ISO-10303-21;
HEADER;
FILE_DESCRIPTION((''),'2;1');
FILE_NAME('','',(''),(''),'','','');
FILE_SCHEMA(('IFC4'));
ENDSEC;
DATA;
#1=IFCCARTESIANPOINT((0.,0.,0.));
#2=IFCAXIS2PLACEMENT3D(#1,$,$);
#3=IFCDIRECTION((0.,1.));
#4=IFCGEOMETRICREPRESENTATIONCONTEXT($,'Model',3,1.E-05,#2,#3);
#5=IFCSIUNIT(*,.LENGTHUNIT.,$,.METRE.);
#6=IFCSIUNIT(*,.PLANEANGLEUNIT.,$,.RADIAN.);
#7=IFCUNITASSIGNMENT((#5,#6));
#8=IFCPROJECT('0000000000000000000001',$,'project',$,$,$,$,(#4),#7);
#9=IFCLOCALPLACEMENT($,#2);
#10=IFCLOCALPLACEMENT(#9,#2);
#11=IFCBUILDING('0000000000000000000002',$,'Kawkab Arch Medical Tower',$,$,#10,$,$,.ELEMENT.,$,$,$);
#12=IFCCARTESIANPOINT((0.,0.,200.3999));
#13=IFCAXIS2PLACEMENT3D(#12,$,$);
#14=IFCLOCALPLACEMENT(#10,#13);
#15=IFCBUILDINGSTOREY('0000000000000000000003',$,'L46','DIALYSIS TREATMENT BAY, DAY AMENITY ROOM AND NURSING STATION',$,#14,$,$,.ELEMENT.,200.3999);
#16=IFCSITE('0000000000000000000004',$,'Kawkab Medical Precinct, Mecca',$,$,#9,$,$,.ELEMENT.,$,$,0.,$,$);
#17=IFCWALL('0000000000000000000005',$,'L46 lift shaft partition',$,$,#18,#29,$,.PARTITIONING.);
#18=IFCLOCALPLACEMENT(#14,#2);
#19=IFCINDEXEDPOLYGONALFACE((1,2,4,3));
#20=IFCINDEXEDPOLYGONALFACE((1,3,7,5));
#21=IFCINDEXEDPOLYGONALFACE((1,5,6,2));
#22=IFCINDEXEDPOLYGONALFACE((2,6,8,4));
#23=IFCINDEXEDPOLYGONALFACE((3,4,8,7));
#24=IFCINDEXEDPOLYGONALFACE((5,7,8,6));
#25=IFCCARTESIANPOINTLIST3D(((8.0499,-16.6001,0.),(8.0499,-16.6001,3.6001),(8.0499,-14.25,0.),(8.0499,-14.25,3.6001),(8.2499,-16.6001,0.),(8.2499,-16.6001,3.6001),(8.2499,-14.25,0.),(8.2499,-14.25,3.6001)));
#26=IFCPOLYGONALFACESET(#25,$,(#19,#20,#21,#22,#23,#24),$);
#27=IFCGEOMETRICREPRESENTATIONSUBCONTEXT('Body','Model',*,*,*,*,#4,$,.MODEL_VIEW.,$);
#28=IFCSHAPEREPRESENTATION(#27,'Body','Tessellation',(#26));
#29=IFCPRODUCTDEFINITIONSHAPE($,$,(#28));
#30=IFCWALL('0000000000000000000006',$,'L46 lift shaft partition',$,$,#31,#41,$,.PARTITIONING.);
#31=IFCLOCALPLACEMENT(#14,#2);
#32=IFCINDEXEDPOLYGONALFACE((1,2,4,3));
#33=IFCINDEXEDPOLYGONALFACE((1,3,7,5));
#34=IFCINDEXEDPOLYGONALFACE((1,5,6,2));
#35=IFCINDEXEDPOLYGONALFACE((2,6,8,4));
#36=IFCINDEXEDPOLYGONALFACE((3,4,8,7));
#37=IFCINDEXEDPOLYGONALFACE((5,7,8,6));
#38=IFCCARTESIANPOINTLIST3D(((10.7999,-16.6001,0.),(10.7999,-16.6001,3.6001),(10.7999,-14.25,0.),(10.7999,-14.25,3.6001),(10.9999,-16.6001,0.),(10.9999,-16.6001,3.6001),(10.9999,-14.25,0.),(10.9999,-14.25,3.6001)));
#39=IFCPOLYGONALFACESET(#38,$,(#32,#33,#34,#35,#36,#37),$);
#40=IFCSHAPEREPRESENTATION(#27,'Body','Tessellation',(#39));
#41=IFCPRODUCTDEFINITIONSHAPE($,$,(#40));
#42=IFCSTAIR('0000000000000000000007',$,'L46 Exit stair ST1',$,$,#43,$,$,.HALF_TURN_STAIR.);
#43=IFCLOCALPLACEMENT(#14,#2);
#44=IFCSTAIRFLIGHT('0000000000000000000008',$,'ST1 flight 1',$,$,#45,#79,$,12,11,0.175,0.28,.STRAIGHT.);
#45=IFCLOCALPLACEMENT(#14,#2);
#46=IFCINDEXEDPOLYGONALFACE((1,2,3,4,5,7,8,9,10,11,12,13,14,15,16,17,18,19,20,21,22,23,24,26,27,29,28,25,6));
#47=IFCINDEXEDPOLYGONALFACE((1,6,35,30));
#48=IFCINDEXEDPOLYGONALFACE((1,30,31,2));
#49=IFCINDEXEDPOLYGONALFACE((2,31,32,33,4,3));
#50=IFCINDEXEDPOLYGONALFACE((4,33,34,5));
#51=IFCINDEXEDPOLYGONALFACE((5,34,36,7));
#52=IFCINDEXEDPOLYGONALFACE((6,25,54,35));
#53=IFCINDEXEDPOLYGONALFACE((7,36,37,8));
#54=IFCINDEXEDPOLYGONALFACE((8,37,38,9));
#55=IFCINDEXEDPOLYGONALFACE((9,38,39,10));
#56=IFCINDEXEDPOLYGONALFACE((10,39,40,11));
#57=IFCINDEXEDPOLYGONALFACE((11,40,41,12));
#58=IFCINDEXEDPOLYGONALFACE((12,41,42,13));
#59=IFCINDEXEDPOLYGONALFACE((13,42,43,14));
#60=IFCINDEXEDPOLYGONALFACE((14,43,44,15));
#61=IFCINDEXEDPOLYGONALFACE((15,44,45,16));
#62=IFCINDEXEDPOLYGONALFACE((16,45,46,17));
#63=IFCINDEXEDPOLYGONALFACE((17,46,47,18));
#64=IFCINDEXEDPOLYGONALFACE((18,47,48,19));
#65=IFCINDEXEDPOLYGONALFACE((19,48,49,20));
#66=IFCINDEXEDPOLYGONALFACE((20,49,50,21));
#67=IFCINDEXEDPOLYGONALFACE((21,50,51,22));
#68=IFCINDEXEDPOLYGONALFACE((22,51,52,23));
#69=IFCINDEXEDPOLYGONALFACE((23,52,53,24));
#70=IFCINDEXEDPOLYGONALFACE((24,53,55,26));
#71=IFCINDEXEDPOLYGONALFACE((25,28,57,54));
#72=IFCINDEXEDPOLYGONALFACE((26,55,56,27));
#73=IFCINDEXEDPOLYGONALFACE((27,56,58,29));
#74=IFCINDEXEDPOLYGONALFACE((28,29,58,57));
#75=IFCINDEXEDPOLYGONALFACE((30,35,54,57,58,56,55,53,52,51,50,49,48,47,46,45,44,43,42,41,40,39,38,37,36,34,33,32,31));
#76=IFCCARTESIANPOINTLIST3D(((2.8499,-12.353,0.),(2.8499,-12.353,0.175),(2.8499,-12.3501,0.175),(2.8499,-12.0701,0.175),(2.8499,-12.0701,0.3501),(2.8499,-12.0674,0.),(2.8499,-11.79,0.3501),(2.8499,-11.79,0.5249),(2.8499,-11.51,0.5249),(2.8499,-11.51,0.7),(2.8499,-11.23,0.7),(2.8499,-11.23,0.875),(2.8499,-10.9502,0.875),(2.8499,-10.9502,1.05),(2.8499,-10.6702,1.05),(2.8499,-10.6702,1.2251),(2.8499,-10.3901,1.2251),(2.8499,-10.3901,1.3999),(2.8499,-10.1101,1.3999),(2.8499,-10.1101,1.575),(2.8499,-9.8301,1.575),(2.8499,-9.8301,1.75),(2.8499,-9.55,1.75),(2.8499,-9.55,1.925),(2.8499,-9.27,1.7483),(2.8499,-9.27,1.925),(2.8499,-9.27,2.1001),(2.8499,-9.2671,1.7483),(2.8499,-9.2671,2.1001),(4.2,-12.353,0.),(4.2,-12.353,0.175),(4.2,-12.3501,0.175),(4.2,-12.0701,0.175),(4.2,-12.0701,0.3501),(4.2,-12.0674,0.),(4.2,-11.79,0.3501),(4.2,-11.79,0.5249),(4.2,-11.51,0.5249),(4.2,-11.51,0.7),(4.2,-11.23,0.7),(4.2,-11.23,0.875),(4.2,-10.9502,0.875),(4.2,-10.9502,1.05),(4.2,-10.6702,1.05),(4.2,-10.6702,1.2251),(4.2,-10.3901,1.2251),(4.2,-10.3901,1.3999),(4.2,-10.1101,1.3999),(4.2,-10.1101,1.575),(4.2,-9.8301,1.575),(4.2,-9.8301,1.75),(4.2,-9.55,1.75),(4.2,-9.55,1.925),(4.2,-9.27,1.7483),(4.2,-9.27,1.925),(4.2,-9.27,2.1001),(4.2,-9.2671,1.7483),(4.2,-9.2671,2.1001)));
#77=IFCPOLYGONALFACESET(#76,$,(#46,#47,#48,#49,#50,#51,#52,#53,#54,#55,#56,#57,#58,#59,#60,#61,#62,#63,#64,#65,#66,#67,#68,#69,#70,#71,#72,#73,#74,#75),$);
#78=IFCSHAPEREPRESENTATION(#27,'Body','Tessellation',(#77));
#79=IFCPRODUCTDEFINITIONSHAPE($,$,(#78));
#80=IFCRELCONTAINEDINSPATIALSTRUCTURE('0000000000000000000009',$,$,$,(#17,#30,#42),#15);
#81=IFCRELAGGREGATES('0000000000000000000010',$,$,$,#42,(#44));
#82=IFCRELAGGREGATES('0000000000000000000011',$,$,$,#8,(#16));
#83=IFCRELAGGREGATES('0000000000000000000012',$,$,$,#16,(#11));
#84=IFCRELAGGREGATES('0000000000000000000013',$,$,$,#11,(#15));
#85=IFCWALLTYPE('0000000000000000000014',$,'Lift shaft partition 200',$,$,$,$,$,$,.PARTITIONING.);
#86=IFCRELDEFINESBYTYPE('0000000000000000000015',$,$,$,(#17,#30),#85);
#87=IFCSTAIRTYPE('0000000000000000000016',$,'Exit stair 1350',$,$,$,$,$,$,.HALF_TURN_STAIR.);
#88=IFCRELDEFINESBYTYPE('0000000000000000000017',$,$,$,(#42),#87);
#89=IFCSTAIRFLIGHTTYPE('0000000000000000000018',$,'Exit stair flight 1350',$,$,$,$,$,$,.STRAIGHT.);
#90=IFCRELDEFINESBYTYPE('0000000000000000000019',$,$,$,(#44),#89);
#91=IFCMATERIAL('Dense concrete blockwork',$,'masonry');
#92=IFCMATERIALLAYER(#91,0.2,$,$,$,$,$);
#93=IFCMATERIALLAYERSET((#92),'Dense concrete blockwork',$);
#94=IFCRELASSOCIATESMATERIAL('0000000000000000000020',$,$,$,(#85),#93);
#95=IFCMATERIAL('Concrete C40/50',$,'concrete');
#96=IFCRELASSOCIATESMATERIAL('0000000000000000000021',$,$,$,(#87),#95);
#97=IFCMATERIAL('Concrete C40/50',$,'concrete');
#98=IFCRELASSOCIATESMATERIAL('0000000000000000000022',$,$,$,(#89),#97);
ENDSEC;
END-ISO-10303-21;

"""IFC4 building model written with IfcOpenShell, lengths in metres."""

from ifc_helpers import new_model, si_unit, direction, frame, frame_2d, origin, place, context, subcontext, project, spatial, polyline, rectangle, outline, extrude, material, layer, layer_set, type_object, element, aggregate, save


model = new_model("IFC4")

# Units and contexts
model_context = context("Model", 3, precision=1e-05, world=origin(), true_north=direction((0.0, 1.0)))
body_context = subcontext(model_context, "Body", "Model", "MODEL_VIEW")
ifc_project = project(units=[si_unit("LENGTHUNIT", "METRE"), si_unit("PLANEANGLEUNIT", "RADIAN")], contexts=[model_context])

# Site, building, storey
site_placement = place(None, origin())
site = spatial("IfcSite", under=ifc_project, at=site_placement, Name="Kawkab Medical Precinct, Mecca", CompositionType="ELEMENT", RefElevation=0.0)
building_placement = place(site_placement, origin())
building = spatial("IfcBuilding", under=site, at=building_placement, Name="Kawkab Arch Medical Tower", CompositionType="ELEMENT")
storey_placement = place(building_placement, frame((0.0, 0.0, 200.3999)))
storey = spatial("IfcBuildingStorey", under=building, at=storey_placement, Name="L46", Description="DIALYSIS TREATMENT BAY, DAY AMENITY ROOM AND NURSING STATION", CompositionType="ELEMENT", Elevation=200.3999)

# Walls
ifc_material_1 = material(Name="Dense concrete blockwork", Category="masonry")
ifc_layer_1 = layer(ifc_material_1, 0.2)
ifc_layer_set_1 = layer_set([ifc_layer_1], Name="Dense concrete blockwork")
wall_type_1 = type_object("IfcWallType", Name="Lift shaft partition 200", PredefinedType="PARTITIONING", material=ifc_layer_set_1)
for number, where, z_axis, x_axis, name in (
    (1, (8.1499, -16.6001, 0.0), (0.0, 0.0, 1.0), (0.0, 1.0, 0.0), "L46 lift shaft partition"),
    (2, (10.8999, -16.6001, 0.0), (0.0, 0.0, 1.0), (0.0, 1.0, 0.0), "L46 lift shaft partition"),
):
    element("IfcWall", number, at=place(storey_placement, frame(where, z_axis=z_axis, x_axis=x_axis)), inside=storey, type_object=wall_type_1, Name=name, PredefinedType="PARTITIONING", context=body_context, shape_type="SweptSolid", body=[
        extrude(rectangle(XDim=2.3501, YDim=0.2, at=frame_2d((1.175, 0.0))), origin(), (0.0, 0.0, 1.0), 3.6001),
    ])

# Stair, stair flight
ifc_material_2 = material(Name="Concrete C40/50", Category="concrete")
stair_type = type_object("IfcStairType", Name="Exit stair 1350", PredefinedType="HALF_TURN_STAIR", material=ifc_material_2)
stair_placement = place(storey_placement, origin())
stair = element("IfcStair", 3, at=stair_placement, inside=storey, type_object=stair_type, Name="L46 Exit stair ST1", PredefinedType="HALF_TURN_STAIR")
ifc_material_3 = material(Name="Concrete C40/50", Category="concrete")
stair_flight_type = type_object("IfcStairFlightType", Name="Exit stair flight 1350", PredefinedType="STRAIGHT", material=ifc_material_3)
stair_flight_placement = place(storey_placement, frame((3.5249, -12.3501, 0.0), z_axis=(0.0, 0.0, 1.0), x_axis=(0.0, 1.0, 0.0)))
stair_flight = element("IfcStairFlight", 4, at=stair_flight_placement, type_object=stair_flight_type, Name="ST1 flight 1", NumberOfRisers=12, NumberOfTreads=11, PredefinedType="STRAIGHT", RiserHeight=0.175, TreadLength=0.28, context=body_context, shape_type="SweptSolid", body=[
    extrude(outline(polyline([(-0.0029, 0.0), (-0.0029, 0.175), (0.0, 0.175), (0.28, 0.175), (0.28, 0.3501), (0.5601, 0.3501), (0.5601, 0.5249), (0.8401, 0.5249), (0.8401, 0.7), (1.1201, 0.7), (1.1201, 0.875), (1.3999, 0.875), (1.3999, 1.05), (1.6799, 1.05), (1.6799, 1.2251), (1.96, 1.2251), (1.96, 1.3999), (2.24, 1.3999), (2.24, 1.575), (2.52, 1.575), (2.52, 1.75), (2.8, 1.75), (2.8, 1.925), (3.0801, 1.925), (3.0801, 2.1001), (3.083, 2.1001), (3.083, 1.7483), (3.0801, 1.7483), (0.2827, 0.0), (-0.0029, 0.0)])), frame((0.0, 0.675, 0.0), z_axis=(0.0, -1.0, 0.0), x_axis=(1.0, 0.0, 0.0)), (0.0, 0.0, 1.0), 1.3501),
])
aggregate(stair, [stair_flight])

save(model, "model.ifc")
